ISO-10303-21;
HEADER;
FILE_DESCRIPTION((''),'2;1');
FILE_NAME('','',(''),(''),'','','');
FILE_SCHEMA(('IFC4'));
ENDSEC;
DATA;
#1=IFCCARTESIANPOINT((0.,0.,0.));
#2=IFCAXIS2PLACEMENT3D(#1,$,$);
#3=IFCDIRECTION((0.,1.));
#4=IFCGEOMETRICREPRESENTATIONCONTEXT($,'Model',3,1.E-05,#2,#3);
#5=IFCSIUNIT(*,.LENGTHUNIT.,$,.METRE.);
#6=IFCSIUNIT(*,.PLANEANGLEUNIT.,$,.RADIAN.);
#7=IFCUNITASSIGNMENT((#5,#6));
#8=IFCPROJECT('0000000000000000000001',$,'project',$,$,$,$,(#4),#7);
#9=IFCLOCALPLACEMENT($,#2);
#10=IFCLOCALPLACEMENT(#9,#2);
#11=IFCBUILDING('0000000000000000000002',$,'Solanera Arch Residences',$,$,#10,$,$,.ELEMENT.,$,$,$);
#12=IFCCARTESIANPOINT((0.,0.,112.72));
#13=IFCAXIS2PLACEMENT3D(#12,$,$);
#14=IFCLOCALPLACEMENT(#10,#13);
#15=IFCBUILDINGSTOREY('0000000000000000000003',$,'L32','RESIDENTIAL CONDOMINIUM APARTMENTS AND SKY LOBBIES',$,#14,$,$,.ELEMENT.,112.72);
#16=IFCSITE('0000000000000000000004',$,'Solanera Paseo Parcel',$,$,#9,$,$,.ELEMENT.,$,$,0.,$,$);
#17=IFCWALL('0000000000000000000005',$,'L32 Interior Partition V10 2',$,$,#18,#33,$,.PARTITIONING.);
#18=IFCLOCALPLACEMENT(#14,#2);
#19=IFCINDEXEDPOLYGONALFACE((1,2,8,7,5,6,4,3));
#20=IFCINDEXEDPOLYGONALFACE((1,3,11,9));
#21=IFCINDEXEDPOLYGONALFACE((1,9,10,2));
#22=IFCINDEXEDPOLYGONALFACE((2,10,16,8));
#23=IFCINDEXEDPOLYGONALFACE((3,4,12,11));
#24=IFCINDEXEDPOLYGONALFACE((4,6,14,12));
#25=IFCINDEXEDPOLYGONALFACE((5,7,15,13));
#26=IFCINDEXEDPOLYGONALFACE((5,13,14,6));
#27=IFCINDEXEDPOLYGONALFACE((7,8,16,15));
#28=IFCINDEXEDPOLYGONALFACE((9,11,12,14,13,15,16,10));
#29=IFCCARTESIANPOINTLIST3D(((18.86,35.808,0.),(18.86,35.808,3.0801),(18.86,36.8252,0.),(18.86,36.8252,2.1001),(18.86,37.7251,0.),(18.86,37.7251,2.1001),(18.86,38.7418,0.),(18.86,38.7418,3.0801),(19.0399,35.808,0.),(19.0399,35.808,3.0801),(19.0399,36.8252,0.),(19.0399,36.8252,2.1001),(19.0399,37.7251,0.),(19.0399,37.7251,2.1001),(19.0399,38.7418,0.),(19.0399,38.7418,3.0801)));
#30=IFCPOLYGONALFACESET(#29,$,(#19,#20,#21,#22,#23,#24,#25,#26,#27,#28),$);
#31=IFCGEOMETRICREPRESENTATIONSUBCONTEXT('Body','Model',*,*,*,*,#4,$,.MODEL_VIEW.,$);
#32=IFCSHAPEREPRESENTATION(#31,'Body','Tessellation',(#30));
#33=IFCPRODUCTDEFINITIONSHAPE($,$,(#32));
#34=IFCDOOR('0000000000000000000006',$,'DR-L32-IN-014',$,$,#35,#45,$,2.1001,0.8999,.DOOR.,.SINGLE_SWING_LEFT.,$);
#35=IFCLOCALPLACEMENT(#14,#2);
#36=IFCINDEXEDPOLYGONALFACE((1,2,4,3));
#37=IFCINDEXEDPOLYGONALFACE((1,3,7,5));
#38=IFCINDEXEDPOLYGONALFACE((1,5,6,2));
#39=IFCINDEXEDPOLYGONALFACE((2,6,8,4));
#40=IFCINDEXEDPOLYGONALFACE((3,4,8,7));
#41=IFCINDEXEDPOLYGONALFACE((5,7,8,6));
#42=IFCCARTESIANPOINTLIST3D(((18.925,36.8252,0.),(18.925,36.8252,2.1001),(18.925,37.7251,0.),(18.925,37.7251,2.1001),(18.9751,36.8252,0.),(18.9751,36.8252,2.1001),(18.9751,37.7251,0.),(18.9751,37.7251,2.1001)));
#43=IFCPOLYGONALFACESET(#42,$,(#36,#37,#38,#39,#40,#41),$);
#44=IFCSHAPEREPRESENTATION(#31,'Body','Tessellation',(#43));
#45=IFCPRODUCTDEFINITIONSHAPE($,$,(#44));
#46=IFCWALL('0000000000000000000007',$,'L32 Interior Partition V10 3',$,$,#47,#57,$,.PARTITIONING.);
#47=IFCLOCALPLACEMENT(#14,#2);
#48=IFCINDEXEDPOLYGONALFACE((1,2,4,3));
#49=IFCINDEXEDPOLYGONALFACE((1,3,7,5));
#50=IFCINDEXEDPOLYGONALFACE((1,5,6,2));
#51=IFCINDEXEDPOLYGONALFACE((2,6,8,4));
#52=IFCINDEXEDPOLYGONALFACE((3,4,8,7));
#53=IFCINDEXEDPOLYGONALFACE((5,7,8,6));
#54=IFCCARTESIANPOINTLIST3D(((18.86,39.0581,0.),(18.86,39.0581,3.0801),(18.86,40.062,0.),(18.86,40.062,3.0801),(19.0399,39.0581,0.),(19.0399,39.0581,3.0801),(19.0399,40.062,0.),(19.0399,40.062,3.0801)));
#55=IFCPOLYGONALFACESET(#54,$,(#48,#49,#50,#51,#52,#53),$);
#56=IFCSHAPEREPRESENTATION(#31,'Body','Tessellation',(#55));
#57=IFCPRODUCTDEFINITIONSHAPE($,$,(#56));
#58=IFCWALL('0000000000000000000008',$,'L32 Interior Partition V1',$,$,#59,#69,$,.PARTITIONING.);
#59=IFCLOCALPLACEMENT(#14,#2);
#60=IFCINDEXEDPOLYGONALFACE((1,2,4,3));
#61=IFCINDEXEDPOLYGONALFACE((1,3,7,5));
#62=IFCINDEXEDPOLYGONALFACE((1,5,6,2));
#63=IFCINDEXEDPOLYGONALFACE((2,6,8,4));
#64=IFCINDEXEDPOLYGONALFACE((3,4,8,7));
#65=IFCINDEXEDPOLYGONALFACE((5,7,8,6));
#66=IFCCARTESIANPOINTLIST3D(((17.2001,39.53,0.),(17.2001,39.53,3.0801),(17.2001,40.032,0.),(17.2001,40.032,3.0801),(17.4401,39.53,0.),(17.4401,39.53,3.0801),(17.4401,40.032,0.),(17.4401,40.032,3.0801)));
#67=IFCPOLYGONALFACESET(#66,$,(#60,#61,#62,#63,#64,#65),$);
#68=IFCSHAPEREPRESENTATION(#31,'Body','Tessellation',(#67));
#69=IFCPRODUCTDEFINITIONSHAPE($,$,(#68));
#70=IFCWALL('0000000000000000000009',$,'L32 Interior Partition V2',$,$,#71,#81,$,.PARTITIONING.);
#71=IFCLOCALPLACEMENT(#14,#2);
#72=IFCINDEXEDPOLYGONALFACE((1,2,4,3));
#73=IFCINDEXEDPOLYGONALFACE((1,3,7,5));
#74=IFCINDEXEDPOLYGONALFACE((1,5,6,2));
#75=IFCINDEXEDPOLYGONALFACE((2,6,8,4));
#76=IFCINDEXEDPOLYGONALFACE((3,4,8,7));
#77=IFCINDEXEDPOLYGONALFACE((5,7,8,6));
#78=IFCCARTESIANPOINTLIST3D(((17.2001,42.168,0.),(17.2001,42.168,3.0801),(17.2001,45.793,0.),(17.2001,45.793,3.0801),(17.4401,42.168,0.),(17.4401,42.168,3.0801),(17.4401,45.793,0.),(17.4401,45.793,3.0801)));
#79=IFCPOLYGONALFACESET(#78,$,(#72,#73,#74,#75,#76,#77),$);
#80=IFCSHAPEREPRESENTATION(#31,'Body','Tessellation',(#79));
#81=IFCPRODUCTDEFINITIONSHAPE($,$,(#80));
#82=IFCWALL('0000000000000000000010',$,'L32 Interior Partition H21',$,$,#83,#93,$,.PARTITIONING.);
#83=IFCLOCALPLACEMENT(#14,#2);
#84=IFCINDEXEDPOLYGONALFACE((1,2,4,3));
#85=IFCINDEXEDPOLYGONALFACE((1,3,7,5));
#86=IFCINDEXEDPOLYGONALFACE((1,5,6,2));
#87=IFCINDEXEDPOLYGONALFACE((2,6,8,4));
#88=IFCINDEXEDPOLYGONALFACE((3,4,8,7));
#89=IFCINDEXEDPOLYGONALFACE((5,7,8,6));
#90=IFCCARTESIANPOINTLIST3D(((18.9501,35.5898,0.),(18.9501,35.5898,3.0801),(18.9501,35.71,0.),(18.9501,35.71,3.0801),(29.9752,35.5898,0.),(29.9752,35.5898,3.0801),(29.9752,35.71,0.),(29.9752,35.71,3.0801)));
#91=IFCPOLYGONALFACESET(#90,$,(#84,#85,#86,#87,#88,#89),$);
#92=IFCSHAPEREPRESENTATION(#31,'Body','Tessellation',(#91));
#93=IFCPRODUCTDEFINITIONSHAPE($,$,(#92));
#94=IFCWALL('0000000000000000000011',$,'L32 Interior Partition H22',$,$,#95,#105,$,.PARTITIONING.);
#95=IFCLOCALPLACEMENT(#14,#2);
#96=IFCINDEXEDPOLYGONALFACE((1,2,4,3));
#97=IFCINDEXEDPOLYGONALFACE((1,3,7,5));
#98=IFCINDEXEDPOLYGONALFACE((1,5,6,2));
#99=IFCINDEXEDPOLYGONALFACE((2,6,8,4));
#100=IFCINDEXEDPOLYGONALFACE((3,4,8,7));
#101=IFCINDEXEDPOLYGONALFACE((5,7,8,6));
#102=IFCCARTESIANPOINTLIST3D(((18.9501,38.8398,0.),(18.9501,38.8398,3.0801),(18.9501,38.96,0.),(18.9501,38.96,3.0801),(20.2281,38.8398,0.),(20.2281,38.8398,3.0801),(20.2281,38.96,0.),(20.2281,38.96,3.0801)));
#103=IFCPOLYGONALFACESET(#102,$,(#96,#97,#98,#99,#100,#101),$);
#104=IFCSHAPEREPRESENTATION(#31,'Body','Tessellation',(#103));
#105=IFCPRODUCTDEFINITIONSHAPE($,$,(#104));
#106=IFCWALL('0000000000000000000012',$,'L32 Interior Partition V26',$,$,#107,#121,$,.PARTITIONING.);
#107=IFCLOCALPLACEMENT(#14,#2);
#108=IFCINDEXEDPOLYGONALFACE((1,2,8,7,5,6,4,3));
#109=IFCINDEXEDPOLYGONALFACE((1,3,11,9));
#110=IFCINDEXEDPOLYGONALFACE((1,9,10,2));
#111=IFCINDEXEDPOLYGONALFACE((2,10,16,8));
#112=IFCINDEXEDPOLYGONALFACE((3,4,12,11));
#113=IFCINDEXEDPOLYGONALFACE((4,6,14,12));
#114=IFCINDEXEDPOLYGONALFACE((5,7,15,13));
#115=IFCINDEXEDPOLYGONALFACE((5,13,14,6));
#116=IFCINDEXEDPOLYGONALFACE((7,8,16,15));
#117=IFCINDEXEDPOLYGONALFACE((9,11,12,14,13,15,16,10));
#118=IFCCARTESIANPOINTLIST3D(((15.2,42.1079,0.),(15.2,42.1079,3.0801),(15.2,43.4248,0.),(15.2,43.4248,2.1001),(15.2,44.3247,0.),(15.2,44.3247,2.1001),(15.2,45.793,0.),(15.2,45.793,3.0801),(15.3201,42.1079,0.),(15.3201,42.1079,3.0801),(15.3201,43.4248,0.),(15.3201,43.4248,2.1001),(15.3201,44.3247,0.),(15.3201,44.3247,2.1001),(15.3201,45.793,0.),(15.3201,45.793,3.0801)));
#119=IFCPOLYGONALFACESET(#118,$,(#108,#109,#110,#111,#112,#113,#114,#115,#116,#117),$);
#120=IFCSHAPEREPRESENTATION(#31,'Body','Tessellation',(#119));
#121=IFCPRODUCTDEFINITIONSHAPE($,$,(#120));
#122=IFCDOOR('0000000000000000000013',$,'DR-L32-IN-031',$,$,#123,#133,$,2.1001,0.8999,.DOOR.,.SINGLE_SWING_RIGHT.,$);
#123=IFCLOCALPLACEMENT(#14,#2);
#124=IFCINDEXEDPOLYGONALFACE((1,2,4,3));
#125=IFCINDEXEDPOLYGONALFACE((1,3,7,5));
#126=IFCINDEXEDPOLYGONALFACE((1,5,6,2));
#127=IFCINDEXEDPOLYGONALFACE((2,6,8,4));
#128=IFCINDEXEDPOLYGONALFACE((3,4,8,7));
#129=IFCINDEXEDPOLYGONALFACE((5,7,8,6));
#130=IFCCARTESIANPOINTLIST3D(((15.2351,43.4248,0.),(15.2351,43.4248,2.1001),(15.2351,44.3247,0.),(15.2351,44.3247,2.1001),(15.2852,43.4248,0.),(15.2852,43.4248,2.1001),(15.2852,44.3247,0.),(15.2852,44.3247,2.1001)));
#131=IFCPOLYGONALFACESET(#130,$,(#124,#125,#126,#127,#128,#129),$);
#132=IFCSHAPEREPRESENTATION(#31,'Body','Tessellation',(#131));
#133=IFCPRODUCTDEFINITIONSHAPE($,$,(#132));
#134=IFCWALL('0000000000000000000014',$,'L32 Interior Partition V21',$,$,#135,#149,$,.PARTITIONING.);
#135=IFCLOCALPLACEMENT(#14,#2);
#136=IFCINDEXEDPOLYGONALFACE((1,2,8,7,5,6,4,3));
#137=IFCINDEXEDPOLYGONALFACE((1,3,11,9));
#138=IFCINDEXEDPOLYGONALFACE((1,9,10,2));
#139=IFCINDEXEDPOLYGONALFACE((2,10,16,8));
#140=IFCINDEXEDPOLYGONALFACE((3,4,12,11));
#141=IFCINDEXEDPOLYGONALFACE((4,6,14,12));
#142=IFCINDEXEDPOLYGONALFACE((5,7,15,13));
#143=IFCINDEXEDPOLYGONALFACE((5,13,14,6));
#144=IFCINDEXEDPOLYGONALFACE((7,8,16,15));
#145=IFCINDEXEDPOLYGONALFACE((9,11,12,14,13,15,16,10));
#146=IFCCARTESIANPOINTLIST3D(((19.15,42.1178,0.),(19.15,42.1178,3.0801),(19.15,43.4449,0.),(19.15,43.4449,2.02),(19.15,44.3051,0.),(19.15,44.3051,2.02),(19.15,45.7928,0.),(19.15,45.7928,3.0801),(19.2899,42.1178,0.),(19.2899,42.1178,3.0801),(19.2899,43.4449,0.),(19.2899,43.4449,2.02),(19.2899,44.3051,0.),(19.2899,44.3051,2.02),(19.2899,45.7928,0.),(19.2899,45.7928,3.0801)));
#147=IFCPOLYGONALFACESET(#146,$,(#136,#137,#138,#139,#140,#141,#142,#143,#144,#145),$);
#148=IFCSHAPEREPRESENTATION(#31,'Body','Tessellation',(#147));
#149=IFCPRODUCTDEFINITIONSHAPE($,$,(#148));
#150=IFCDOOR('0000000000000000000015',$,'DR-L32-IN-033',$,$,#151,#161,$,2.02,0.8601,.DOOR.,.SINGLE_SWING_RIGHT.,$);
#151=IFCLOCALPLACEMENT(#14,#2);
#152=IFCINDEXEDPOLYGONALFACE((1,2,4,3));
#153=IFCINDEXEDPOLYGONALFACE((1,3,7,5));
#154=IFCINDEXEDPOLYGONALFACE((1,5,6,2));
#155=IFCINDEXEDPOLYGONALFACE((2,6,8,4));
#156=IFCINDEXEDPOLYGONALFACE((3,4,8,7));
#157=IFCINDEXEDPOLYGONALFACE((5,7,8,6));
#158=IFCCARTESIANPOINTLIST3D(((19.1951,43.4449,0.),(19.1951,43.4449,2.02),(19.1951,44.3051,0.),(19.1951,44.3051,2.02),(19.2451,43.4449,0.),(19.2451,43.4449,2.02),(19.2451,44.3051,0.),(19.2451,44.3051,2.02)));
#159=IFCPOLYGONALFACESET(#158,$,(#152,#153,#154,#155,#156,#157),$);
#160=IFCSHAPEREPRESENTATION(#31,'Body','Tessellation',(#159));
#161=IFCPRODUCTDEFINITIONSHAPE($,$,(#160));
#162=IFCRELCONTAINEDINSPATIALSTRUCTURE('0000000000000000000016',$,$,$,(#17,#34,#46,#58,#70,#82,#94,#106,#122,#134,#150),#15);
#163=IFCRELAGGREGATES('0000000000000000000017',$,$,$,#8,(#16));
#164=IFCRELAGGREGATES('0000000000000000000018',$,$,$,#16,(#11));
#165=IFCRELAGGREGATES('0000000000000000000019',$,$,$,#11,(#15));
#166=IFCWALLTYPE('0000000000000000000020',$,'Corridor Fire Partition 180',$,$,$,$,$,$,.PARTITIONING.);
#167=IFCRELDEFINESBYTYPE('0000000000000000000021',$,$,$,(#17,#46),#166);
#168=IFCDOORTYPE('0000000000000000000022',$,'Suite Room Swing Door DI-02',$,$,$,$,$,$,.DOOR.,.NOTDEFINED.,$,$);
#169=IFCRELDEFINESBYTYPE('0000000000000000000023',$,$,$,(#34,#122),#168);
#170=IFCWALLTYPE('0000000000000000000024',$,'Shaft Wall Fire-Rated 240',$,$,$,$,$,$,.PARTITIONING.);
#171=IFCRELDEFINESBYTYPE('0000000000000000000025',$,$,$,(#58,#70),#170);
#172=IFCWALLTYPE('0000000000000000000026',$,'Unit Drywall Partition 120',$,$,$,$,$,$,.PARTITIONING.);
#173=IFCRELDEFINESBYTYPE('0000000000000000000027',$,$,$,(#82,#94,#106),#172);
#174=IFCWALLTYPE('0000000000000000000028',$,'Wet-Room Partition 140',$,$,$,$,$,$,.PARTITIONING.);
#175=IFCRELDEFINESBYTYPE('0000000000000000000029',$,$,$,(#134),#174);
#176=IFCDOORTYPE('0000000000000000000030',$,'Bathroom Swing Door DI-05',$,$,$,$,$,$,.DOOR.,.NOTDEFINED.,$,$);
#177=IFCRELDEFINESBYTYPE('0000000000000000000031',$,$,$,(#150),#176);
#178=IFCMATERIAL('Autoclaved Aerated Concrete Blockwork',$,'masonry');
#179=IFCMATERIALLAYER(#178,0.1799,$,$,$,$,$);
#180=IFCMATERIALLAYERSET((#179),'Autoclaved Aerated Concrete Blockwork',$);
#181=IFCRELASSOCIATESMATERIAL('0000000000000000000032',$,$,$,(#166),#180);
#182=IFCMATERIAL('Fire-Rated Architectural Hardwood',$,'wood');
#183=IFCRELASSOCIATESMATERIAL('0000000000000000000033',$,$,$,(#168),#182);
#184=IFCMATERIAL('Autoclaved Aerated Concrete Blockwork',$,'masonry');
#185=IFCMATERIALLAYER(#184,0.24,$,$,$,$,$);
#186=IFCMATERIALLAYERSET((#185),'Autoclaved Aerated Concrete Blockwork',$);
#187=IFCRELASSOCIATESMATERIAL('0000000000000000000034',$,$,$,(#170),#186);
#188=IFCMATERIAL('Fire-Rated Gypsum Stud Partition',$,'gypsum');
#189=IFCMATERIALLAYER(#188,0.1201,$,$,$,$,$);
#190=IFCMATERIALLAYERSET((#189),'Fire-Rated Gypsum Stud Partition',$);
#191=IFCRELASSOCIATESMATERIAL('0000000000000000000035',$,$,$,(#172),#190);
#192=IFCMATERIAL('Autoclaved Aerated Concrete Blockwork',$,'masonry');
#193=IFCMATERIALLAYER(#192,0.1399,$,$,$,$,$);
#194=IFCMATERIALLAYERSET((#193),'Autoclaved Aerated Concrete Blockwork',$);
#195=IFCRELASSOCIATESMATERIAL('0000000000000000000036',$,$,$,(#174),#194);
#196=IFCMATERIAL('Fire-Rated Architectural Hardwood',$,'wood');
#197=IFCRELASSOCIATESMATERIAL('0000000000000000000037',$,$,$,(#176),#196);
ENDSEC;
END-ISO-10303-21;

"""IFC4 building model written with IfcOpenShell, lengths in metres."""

from ifc_helpers import new_model, si_unit, direction, frame, frame_2d, origin, place, context, subcontext, project, spatial, rectangle, extrude, material, layer, layer_set, type_object, element, fill, save


model = new_model("IFC4")

# Units and contexts
model_context = context("Model", 3, precision=1e-05, world=origin(), true_north=direction((0.0, 1.0)))
body_context = subcontext(model_context, "Body", "Model", "MODEL_VIEW")
ifc_project = project(units=[si_unit("LENGTHUNIT", "METRE"), si_unit("PLANEANGLEUNIT", "RADIAN")], contexts=[model_context])

# Site, building, storey
site_placement = place(None, origin())
site = spatial("IfcSite", under=ifc_project, at=site_placement, Name="Solanera Paseo Parcel", CompositionType="ELEMENT", RefElevation=0.0)
building_placement = place(site_placement, origin())
building = spatial("IfcBuilding", under=site, at=building_placement, Name="Solanera Arch Residences", CompositionType="ELEMENT")
storey_placement = place(building_placement, frame((0.0, 0.0, 112.72)))
storey = spatial("IfcBuildingStorey", under=building, at=storey_placement, Name="L32", Description="RESIDENTIAL CONDOMINIUM APARTMENTS AND SKY LOBBIES", CompositionType="ELEMENT", Elevation=112.72)

# Wall, opening, door
ifc_material_1 = material(Name="Autoclaved Aerated Concrete Blockwork", Category="masonry")
ifc_layer_1 = layer(ifc_material_1, 0.1799)
ifc_layer_set_1 = layer_set([ifc_layer_1], Name="Autoclaved Aerated Concrete Blockwork")
wall_type_1 = type_object("IfcWallType", Name="Corridor Fire Partition 180", PredefinedType="PARTITIONING", material=ifc_layer_set_1)
wall_1_placement = place(storey_placement, frame((18.95, 35.8081, 0.0), z_axis=(0.0, 0.0, 1.0), x_axis=(0.0, 1.0, 0.0)))
wall_1 = element("IfcWall", 1, at=wall_1_placement, inside=storey, type_object=wall_type_1, Name="L32 Interior Partition V10 2", PredefinedType="PARTITIONING", context=body_context, shape_type="SweptSolid", body=[
    extrude(rectangle(XDim=2.9338, YDim=0.1799, at=frame_2d((1.4668, 0.0))), origin(), (0.0, 0.0, 1.0), 3.0801),
])
opening_1_placement = place(wall_1_placement, frame((1.0171, 0.0, 0.0)))
opening_1 = element("IfcOpeningElement", 2, at=opening_1_placement, cuts=wall_1, PredefinedType="OPENING", context=body_context, shape_type="SweptSolid", body=[
    extrude(rectangle(XDim=0.8999, YDim=2.1001, at=frame_2d((0.45, 1.05))), frame((0.0, 0.1001, 0.0), z_axis=(0.0, -1.0, 0.0), x_axis=(1.0, 0.0, 0.0)), (0.0, 0.0, 1.0), 0.1999),
])
ifc_material_2 = material(Name="Fire-Rated Architectural Hardwood", Category="wood")
door_type_1 = type_object("IfcDoorType", Name="Suite Room Swing Door DI-02", OperationType="NOTDEFINED", PredefinedType="DOOR", material=ifc_material_2)
door_1_placement = place(opening_1_placement, origin())
door_1 = element("IfcDoor", 3, at=door_1_placement, inside=storey, type_object=door_type_1, Name="DR-L32-IN-014", OperationType="SINGLE_SWING_LEFT", OverallHeight=2.1001, OverallWidth=0.8999, PredefinedType="DOOR", context=body_context, shape_type="SweptSolid", body=[
    extrude(rectangle(XDim=0.8999, YDim=2.1001, at=frame_2d((0.45, 1.05))), frame((0.0, 0.0249, 0.0), z_axis=(0.0, -1.0, 0.0), x_axis=(1.0, 0.0, 0.0)), (0.0, 0.0, 1.0), 0.05),
])
fill(opening_1, door_1)

# Walls
wall_2_placement = place(storey_placement, frame((18.95, 39.0581, 0.0), z_axis=(0.0, 0.0, 1.0), x_axis=(0.0, 1.0, 0.0)))
element("IfcWall", 4, at=wall_2_placement, inside=storey, type_object=wall_type_1, Name="L32 Interior Partition V10 3", PredefinedType="PARTITIONING", context=body_context, shape_type="SweptSolid", body=[
    extrude(rectangle(XDim=1.0039, YDim=0.1799, at=frame_2d((0.502, 0.0))), origin(), (0.0, 0.0, 1.0), 3.0801),
])
ifc_material_3 = material(Name="Autoclaved Aerated Concrete Blockwork", Category="masonry")
ifc_layer_2 = layer(ifc_material_3, 0.24)
ifc_layer_set_2 = layer_set([ifc_layer_2], Name="Autoclaved Aerated Concrete Blockwork")
wall_type_2 = type_object("IfcWallType", Name="Shaft Wall Fire-Rated 240", PredefinedType="PARTITIONING", material=ifc_layer_set_2)
wall_3_placement = place(storey_placement, frame((17.3201, 39.53, 0.0), z_axis=(0.0, 0.0, 1.0), x_axis=(0.0, 1.0, 0.0)))
element("IfcWall", 5, at=wall_3_placement, inside=storey, type_object=wall_type_2, Name="L32 Interior Partition V1", PredefinedType="PARTITIONING", context=body_context, shape_type="SweptSolid", body=[
    extrude(rectangle(XDim=0.502, YDim=0.24, at=frame_2d((0.251, 0.0))), origin(), (0.0, 0.0, 1.0), 3.0801),
])
wall_4_placement = place(storey_placement, frame((17.3201, 42.168, 0.0), z_axis=(0.0, 0.0, 1.0), x_axis=(0.0, 1.0, 0.0)))
element("IfcWall", 6, at=wall_4_placement, inside=storey, type_object=wall_type_2, Name="L32 Interior Partition V2", PredefinedType="PARTITIONING", context=body_context, shape_type="SweptSolid", body=[
    extrude(rectangle(XDim=3.625, YDim=0.24, at=frame_2d((1.8125, 0.0))), origin(), (0.0, 0.0, 1.0), 3.0801),
])
ifc_material_4 = material(Name="Fire-Rated Gypsum Stud Partition", Category="gypsum")
ifc_layer_3 = layer(ifc_material_4, 0.1201)
ifc_layer_set_3 = layer_set([ifc_layer_3], Name="Fire-Rated Gypsum Stud Partition")
wall_type_3 = type_object("IfcWallType", Name="Unit Drywall Partition 120", PredefinedType="PARTITIONING", material=ifc_layer_set_3)
wall_5_placement = place(storey_placement, frame((18.95, 35.6499, 0.0), z_axis=(0.0, 0.0, 1.0), x_axis=(1.0, 0.0, 0.0)))
element("IfcWall", 7, at=wall_5_placement, inside=storey, type_object=wall_type_3, Name="L32 Interior Partition H21", PredefinedType="PARTITIONING", context=body_context, shape_type="SweptSolid", body=[
    extrude(rectangle(XDim=11.0251, YDim=0.1201, at=frame_2d((5.5127, 0.0))), origin(), (0.0, 0.0, 1.0), 3.0801),
])
wall_6_placement = place(storey_placement, frame((18.95, 38.8999, 0.0), z_axis=(0.0, 0.0, 1.0), x_axis=(1.0, 0.0, 0.0)))
element("IfcWall", 8, at=wall_6_placement, inside=storey, type_object=wall_type_3, Name="L32 Interior Partition H22", PredefinedType="PARTITIONING", context=body_context, shape_type="SweptSolid", body=[
    extrude(rectangle(XDim=1.2781, YDim=0.1201, at=frame_2d((0.6392, 0.0))), origin(), (0.0, 0.0, 1.0), 3.0801),
])

# Walls, openings, doors
wall_7_placement = place(storey_placement, frame((15.26, 42.1079, 0.0), z_axis=(0.0, 0.0, 1.0), x_axis=(0.0, 1.0, 0.0)))
wall_7 = element("IfcWall", 9, at=wall_7_placement, inside=storey, type_object=wall_type_3, Name="L32 Interior Partition V26", PredefinedType="PARTITIONING", context=body_context, shape_type="SweptSolid", body=[
    extrude(rectangle(XDim=3.6851, YDim=0.1201, at=frame_2d((1.8425, 0.0))), origin(), (0.0, 0.0, 1.0), 3.0801),
])
opening_2_placement = place(wall_7_placement, frame((1.3169, 0.0, 0.0)))
opening_2 = element("IfcOpeningElement", 10, at=opening_2_placement, cuts=wall_7, PredefinedType="OPENING", context=body_context, shape_type="SweptSolid", body=[
    extrude(rectangle(XDim=0.8999, YDim=2.1001, at=frame_2d((0.45, 1.05))), frame((0.0, 0.0701, 0.0), z_axis=(0.0, -1.0, 0.0), x_axis=(1.0, 0.0, 0.0)), (0.0, 0.0, 1.0), 0.1401),
])
door_2_placement = place(opening_2_placement, origin())
door_2 = element("IfcDoor", 11, at=door_2_placement, inside=storey, type_object=door_type_1, Name="DR-L32-IN-031", OperationType="SINGLE_SWING_RIGHT", OverallHeight=2.1001, OverallWidth=0.8999, PredefinedType="DOOR", context=body_context, shape_type="SweptSolid", body=[
    extrude(rectangle(XDim=0.8999, YDim=2.1001, at=frame_2d((0.45, 1.05))), frame((0.0, 0.0249, 0.0), z_axis=(0.0, -1.0, 0.0), x_axis=(1.0, 0.0, 0.0)), (0.0, 0.0, 1.0), 0.05),
])
fill(opening_2, door_2)
ifc_material_5 = material(Name="Autoclaved Aerated Concrete Blockwork", Category="masonry")
ifc_layer_4 = layer(ifc_material_5, 0.1399)
ifc_layer_set_4 = layer_set([ifc_layer_4], Name="Autoclaved Aerated Concrete Blockwork")
wall_type_4 = type_object("IfcWallType", Name="Wet-Room Partition 140", PredefinedType="PARTITIONING", material=ifc_layer_set_4)
wall_8_placement = place(storey_placement, frame((19.22, 42.1179, 0.0), z_axis=(0.0, 0.0, 1.0), x_axis=(0.0, 1.0, 0.0)))
wall_8 = element("IfcWall", 12, at=wall_8_placement, inside=storey, type_object=wall_type_4, Name="L32 Interior Partition V21", PredefinedType="PARTITIONING", context=body_context, shape_type="SweptSolid", body=[
    extrude(rectangle(XDim=3.675, YDim=0.1399, at=frame_2d((1.8374, 0.0))), origin(), (0.0, 0.0, 1.0), 3.0801),
])
opening_3_placement = place(wall_8_placement, frame((1.3269, 0.0, 0.0)))
opening_3 = element("IfcOpeningElement", 13, at=opening_3_placement, cuts=wall_8, PredefinedType="OPENING", context=body_context, shape_type="SweptSolid", body=[
    extrude(rectangle(XDim=0.8601, YDim=2.02, at=frame_2d((0.4302, 1.01))), frame((0.0, 0.0798, 0.0), z_axis=(0.0, -1.0, 0.0), x_axis=(1.0, 0.0, 0.0)), (0.0, 0.0, 1.0), 0.1599),
])
ifc_material_6 = material(Name="Fire-Rated Architectural Hardwood", Category="wood")
door_type_2 = type_object("IfcDoorType", Name="Bathroom Swing Door DI-05", OperationType="NOTDEFINED", PredefinedType="DOOR", material=ifc_material_6)
door_3_placement = place(opening_3_placement, origin())
door_3 = element("IfcDoor", 14, at=door_3_placement, inside=storey, type_object=door_type_2, Name="DR-L32-IN-033", OperationType="SINGLE_SWING_RIGHT", OverallHeight=2.02, OverallWidth=0.8601, PredefinedType="DOOR", context=body_context, shape_type="SweptSolid", body=[
    extrude(rectangle(XDim=0.8601, YDim=2.02, at=frame_2d((0.4302, 1.01))), frame((0.0, 0.0249, 0.0), z_axis=(0.0, -1.0, 0.0), x_axis=(1.0, 0.0, 0.0)), (0.0, 0.0, 1.0), 0.05),
])
fill(opening_3, door_3)

save(model, "model.ifc")
